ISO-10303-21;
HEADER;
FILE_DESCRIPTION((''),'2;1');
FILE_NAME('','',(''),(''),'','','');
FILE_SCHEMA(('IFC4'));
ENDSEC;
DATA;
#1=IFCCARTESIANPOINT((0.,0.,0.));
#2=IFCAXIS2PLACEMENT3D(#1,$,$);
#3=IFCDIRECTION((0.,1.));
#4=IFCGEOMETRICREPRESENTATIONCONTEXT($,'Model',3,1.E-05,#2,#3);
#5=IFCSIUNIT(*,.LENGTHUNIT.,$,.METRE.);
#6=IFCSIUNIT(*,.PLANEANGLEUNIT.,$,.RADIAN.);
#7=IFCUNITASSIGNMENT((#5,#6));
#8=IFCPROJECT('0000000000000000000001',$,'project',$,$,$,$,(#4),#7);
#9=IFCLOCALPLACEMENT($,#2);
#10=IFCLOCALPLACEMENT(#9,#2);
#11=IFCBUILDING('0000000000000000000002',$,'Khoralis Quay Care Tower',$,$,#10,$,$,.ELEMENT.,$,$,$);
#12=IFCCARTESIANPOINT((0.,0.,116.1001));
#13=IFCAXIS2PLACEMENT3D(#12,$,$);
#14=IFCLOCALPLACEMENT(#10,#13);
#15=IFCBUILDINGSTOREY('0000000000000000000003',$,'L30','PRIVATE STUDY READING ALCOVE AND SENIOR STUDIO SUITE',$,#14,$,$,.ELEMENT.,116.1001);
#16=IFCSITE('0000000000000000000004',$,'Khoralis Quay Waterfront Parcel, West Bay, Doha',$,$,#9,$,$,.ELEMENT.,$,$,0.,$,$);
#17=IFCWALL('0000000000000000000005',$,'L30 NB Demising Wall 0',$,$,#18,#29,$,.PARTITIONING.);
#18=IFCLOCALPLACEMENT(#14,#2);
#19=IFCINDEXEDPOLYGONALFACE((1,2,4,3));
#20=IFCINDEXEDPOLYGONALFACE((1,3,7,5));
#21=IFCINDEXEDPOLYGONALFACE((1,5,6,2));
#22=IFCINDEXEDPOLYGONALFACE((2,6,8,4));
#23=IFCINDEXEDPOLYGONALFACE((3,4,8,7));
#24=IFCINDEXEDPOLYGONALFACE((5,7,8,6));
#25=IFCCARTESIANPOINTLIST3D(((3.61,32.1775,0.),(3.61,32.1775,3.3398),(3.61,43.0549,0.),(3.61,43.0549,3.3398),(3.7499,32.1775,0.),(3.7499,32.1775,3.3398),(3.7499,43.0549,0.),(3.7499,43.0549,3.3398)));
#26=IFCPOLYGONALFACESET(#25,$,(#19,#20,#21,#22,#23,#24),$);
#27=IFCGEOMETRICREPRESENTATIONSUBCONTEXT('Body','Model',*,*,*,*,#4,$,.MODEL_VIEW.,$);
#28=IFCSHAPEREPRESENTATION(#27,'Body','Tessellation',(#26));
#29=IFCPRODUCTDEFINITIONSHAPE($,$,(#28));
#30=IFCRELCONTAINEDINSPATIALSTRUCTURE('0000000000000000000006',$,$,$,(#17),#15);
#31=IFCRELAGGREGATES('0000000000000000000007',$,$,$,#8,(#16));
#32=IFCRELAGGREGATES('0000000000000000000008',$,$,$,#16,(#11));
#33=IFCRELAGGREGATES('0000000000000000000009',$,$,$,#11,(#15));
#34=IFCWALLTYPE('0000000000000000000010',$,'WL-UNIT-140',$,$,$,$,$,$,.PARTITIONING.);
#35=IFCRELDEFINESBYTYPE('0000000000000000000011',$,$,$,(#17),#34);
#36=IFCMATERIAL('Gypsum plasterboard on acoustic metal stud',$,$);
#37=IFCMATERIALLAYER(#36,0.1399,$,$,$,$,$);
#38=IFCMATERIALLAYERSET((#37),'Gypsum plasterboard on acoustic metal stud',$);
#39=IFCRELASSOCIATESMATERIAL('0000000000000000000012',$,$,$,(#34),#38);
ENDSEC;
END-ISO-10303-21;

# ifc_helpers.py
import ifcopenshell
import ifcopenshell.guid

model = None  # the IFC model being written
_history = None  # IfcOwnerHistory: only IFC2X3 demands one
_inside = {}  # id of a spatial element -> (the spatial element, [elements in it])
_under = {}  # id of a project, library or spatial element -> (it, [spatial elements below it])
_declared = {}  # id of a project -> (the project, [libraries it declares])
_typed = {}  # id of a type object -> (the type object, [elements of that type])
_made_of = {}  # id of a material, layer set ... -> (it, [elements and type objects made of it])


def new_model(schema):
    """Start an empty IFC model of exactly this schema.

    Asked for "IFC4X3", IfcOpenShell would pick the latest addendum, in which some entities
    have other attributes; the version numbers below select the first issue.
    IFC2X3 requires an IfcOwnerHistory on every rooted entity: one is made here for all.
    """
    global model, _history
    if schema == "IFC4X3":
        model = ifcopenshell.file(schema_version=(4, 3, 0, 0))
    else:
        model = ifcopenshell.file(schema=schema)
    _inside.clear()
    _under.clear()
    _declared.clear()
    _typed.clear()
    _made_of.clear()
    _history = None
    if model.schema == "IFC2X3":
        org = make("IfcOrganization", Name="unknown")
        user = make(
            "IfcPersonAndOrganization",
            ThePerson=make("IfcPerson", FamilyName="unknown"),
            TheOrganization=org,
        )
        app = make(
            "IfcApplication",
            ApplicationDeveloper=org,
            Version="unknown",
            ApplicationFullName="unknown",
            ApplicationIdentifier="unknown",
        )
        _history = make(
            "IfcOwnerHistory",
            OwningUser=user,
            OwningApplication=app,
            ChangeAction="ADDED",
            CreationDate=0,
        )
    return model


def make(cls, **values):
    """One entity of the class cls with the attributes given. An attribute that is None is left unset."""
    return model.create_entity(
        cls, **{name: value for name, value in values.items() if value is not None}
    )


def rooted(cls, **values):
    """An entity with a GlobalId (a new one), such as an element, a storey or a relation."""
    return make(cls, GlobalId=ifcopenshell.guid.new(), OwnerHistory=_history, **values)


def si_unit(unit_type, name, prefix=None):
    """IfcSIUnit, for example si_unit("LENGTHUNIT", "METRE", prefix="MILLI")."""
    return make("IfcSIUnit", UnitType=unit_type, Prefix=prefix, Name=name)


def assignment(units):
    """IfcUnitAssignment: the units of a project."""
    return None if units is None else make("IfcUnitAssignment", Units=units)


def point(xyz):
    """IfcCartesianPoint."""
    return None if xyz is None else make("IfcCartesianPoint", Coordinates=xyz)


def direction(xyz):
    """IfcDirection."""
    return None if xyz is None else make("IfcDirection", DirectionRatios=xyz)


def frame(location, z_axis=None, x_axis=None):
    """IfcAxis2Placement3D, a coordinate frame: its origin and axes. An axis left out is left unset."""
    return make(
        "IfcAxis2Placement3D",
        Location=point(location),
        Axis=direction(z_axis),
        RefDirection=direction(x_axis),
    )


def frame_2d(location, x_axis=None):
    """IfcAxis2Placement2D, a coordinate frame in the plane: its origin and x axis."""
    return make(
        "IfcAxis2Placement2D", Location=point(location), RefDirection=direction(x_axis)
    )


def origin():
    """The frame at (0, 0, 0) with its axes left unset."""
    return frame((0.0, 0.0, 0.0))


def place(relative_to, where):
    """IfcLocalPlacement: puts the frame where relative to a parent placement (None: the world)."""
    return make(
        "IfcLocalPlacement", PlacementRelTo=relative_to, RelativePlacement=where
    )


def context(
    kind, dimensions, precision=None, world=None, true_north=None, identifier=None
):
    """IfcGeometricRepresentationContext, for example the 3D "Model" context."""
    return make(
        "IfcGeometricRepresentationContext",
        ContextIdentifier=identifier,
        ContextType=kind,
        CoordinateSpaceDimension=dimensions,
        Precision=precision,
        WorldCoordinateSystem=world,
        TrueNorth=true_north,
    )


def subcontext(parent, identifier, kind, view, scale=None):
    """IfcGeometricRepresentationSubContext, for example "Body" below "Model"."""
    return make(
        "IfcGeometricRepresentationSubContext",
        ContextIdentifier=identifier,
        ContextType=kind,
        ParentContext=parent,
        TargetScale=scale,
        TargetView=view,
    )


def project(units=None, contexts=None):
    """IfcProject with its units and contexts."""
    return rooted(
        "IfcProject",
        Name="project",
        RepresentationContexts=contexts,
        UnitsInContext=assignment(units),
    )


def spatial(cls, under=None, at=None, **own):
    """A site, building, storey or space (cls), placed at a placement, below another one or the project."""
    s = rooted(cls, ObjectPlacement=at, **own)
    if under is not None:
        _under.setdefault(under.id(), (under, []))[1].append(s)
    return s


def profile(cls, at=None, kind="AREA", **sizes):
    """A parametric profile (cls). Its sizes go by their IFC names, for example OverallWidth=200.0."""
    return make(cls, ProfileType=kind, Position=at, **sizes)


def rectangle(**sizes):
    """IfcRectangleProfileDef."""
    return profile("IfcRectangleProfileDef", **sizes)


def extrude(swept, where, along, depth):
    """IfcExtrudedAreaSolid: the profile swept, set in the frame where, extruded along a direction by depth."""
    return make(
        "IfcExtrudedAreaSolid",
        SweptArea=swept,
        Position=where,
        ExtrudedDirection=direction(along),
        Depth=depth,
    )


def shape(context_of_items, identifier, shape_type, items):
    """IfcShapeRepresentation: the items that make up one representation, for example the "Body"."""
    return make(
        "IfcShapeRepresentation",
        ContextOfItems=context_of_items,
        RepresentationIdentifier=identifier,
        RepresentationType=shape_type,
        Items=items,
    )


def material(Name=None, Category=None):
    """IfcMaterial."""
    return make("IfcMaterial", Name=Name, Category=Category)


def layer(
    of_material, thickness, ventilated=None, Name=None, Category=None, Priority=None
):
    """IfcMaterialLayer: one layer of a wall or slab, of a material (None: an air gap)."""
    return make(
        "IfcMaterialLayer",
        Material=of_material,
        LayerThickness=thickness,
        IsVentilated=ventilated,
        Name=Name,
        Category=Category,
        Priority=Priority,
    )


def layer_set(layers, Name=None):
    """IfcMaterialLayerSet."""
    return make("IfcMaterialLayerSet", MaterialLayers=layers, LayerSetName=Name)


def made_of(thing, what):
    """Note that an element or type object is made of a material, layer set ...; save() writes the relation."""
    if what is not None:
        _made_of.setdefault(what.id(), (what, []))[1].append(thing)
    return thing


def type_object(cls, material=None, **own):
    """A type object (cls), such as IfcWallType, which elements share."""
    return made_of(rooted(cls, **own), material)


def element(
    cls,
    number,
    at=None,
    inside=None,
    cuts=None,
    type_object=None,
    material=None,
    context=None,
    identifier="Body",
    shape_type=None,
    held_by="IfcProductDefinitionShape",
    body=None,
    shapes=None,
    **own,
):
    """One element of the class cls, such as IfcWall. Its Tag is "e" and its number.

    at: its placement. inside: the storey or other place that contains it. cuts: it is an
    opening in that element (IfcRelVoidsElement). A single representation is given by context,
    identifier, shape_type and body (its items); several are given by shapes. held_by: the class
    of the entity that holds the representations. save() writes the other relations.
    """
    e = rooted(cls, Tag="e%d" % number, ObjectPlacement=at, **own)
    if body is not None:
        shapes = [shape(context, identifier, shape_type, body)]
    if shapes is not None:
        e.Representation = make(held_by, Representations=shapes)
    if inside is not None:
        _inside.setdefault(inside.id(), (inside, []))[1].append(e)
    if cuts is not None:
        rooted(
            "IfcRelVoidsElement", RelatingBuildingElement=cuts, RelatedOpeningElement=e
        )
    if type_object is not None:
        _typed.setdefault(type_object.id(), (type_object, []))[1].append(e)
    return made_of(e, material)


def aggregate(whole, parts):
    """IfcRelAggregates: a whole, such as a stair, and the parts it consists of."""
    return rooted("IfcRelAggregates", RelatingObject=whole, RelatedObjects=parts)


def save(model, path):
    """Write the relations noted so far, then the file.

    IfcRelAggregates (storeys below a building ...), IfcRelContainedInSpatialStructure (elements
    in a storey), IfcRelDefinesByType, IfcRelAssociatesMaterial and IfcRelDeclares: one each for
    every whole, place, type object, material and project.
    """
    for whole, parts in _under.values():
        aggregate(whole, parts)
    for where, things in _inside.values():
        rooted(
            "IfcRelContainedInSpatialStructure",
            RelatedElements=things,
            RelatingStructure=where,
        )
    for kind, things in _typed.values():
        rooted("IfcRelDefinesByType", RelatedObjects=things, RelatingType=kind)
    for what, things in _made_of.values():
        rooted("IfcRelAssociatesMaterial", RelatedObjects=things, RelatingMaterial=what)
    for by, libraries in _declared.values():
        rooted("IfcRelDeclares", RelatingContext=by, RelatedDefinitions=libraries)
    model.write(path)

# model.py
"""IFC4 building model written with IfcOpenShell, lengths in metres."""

from ifc_helpers import new_model, si_unit, direction, frame, frame_2d, origin, place, context, subcontext, project, spatial, rectangle, extrude, material, layer, layer_set, type_object, element, save


model = new_model("IFC4")

# Units and contexts
model_context = context("Model", 3, precision=1e-05, world=origin(), true_north=direction((0.0, 1.0)))
body_context = subcontext(model_context, "Body", "Model", "MODEL_VIEW")
ifc_project = project(units=[si_unit("LENGTHUNIT", "METRE"), si_unit("PLANEANGLEUNIT", "RADIAN")], contexts=[model_context])

# Site, building, storey
site_placement = place(None, origin())
site = spatial("IfcSite", under=ifc_project, at=site_placement, Name="Khoralis Quay Waterfront Parcel, West Bay, Doha", CompositionType="ELEMENT", RefElevation=0.0)
building_placement = place(site_placement, origin())
building = spatial("IfcBuilding", under=site, at=building_placement, Name="Khoralis Quay Care Tower", CompositionType="ELEMENT")
storey_placement = place(building_placement, frame((0.0, 0.0, 116.1001)))
storey = spatial("IfcBuildingStorey", under=building, at=storey_placement, Name="L30", Description="PRIVATE STUDY READING ALCOVE AND SENIOR STUDIO SUITE", CompositionType="ELEMENT", Elevation=116.1001)

# Shared definitions
ifc_material_1 = material(Name="Gypsum plasterboard on acoustic metal stud")

# Wall
ifc_layer_1 = layer(ifc_material_1, 0.1399)
ifc_layer_set_1 = layer_set([ifc_layer_1], Name="Gypsum plasterboard on acoustic metal stud")
wall_type_1 = type_object("IfcWallType", Name="WL-UNIT-140", PredefinedType="PARTITIONING", material=ifc_layer_set_1)
wall_1_placement = place(storey_placement, frame((3.6799, 32.1775, 0.0), z_axis=(0.0, 0.0, 1.0), x_axis=(0.0, 1.0, 0.0)))
element("IfcWall", 1, at=wall_1_placement, inside=storey, type_object=wall_type_1, Name="L30 NB Demising Wall 0", PredefinedType="PARTITIONING", context=body_context, shape_type="SweptSolid", body=[
    extrude(rectangle(XDim=10.8774, YDim=0.1399, at=frame_2d((5.4387, 0.0))), origin(), (0.0, 0.0, 1.0), 3.3398),
])

save(model, "model.ifc")
